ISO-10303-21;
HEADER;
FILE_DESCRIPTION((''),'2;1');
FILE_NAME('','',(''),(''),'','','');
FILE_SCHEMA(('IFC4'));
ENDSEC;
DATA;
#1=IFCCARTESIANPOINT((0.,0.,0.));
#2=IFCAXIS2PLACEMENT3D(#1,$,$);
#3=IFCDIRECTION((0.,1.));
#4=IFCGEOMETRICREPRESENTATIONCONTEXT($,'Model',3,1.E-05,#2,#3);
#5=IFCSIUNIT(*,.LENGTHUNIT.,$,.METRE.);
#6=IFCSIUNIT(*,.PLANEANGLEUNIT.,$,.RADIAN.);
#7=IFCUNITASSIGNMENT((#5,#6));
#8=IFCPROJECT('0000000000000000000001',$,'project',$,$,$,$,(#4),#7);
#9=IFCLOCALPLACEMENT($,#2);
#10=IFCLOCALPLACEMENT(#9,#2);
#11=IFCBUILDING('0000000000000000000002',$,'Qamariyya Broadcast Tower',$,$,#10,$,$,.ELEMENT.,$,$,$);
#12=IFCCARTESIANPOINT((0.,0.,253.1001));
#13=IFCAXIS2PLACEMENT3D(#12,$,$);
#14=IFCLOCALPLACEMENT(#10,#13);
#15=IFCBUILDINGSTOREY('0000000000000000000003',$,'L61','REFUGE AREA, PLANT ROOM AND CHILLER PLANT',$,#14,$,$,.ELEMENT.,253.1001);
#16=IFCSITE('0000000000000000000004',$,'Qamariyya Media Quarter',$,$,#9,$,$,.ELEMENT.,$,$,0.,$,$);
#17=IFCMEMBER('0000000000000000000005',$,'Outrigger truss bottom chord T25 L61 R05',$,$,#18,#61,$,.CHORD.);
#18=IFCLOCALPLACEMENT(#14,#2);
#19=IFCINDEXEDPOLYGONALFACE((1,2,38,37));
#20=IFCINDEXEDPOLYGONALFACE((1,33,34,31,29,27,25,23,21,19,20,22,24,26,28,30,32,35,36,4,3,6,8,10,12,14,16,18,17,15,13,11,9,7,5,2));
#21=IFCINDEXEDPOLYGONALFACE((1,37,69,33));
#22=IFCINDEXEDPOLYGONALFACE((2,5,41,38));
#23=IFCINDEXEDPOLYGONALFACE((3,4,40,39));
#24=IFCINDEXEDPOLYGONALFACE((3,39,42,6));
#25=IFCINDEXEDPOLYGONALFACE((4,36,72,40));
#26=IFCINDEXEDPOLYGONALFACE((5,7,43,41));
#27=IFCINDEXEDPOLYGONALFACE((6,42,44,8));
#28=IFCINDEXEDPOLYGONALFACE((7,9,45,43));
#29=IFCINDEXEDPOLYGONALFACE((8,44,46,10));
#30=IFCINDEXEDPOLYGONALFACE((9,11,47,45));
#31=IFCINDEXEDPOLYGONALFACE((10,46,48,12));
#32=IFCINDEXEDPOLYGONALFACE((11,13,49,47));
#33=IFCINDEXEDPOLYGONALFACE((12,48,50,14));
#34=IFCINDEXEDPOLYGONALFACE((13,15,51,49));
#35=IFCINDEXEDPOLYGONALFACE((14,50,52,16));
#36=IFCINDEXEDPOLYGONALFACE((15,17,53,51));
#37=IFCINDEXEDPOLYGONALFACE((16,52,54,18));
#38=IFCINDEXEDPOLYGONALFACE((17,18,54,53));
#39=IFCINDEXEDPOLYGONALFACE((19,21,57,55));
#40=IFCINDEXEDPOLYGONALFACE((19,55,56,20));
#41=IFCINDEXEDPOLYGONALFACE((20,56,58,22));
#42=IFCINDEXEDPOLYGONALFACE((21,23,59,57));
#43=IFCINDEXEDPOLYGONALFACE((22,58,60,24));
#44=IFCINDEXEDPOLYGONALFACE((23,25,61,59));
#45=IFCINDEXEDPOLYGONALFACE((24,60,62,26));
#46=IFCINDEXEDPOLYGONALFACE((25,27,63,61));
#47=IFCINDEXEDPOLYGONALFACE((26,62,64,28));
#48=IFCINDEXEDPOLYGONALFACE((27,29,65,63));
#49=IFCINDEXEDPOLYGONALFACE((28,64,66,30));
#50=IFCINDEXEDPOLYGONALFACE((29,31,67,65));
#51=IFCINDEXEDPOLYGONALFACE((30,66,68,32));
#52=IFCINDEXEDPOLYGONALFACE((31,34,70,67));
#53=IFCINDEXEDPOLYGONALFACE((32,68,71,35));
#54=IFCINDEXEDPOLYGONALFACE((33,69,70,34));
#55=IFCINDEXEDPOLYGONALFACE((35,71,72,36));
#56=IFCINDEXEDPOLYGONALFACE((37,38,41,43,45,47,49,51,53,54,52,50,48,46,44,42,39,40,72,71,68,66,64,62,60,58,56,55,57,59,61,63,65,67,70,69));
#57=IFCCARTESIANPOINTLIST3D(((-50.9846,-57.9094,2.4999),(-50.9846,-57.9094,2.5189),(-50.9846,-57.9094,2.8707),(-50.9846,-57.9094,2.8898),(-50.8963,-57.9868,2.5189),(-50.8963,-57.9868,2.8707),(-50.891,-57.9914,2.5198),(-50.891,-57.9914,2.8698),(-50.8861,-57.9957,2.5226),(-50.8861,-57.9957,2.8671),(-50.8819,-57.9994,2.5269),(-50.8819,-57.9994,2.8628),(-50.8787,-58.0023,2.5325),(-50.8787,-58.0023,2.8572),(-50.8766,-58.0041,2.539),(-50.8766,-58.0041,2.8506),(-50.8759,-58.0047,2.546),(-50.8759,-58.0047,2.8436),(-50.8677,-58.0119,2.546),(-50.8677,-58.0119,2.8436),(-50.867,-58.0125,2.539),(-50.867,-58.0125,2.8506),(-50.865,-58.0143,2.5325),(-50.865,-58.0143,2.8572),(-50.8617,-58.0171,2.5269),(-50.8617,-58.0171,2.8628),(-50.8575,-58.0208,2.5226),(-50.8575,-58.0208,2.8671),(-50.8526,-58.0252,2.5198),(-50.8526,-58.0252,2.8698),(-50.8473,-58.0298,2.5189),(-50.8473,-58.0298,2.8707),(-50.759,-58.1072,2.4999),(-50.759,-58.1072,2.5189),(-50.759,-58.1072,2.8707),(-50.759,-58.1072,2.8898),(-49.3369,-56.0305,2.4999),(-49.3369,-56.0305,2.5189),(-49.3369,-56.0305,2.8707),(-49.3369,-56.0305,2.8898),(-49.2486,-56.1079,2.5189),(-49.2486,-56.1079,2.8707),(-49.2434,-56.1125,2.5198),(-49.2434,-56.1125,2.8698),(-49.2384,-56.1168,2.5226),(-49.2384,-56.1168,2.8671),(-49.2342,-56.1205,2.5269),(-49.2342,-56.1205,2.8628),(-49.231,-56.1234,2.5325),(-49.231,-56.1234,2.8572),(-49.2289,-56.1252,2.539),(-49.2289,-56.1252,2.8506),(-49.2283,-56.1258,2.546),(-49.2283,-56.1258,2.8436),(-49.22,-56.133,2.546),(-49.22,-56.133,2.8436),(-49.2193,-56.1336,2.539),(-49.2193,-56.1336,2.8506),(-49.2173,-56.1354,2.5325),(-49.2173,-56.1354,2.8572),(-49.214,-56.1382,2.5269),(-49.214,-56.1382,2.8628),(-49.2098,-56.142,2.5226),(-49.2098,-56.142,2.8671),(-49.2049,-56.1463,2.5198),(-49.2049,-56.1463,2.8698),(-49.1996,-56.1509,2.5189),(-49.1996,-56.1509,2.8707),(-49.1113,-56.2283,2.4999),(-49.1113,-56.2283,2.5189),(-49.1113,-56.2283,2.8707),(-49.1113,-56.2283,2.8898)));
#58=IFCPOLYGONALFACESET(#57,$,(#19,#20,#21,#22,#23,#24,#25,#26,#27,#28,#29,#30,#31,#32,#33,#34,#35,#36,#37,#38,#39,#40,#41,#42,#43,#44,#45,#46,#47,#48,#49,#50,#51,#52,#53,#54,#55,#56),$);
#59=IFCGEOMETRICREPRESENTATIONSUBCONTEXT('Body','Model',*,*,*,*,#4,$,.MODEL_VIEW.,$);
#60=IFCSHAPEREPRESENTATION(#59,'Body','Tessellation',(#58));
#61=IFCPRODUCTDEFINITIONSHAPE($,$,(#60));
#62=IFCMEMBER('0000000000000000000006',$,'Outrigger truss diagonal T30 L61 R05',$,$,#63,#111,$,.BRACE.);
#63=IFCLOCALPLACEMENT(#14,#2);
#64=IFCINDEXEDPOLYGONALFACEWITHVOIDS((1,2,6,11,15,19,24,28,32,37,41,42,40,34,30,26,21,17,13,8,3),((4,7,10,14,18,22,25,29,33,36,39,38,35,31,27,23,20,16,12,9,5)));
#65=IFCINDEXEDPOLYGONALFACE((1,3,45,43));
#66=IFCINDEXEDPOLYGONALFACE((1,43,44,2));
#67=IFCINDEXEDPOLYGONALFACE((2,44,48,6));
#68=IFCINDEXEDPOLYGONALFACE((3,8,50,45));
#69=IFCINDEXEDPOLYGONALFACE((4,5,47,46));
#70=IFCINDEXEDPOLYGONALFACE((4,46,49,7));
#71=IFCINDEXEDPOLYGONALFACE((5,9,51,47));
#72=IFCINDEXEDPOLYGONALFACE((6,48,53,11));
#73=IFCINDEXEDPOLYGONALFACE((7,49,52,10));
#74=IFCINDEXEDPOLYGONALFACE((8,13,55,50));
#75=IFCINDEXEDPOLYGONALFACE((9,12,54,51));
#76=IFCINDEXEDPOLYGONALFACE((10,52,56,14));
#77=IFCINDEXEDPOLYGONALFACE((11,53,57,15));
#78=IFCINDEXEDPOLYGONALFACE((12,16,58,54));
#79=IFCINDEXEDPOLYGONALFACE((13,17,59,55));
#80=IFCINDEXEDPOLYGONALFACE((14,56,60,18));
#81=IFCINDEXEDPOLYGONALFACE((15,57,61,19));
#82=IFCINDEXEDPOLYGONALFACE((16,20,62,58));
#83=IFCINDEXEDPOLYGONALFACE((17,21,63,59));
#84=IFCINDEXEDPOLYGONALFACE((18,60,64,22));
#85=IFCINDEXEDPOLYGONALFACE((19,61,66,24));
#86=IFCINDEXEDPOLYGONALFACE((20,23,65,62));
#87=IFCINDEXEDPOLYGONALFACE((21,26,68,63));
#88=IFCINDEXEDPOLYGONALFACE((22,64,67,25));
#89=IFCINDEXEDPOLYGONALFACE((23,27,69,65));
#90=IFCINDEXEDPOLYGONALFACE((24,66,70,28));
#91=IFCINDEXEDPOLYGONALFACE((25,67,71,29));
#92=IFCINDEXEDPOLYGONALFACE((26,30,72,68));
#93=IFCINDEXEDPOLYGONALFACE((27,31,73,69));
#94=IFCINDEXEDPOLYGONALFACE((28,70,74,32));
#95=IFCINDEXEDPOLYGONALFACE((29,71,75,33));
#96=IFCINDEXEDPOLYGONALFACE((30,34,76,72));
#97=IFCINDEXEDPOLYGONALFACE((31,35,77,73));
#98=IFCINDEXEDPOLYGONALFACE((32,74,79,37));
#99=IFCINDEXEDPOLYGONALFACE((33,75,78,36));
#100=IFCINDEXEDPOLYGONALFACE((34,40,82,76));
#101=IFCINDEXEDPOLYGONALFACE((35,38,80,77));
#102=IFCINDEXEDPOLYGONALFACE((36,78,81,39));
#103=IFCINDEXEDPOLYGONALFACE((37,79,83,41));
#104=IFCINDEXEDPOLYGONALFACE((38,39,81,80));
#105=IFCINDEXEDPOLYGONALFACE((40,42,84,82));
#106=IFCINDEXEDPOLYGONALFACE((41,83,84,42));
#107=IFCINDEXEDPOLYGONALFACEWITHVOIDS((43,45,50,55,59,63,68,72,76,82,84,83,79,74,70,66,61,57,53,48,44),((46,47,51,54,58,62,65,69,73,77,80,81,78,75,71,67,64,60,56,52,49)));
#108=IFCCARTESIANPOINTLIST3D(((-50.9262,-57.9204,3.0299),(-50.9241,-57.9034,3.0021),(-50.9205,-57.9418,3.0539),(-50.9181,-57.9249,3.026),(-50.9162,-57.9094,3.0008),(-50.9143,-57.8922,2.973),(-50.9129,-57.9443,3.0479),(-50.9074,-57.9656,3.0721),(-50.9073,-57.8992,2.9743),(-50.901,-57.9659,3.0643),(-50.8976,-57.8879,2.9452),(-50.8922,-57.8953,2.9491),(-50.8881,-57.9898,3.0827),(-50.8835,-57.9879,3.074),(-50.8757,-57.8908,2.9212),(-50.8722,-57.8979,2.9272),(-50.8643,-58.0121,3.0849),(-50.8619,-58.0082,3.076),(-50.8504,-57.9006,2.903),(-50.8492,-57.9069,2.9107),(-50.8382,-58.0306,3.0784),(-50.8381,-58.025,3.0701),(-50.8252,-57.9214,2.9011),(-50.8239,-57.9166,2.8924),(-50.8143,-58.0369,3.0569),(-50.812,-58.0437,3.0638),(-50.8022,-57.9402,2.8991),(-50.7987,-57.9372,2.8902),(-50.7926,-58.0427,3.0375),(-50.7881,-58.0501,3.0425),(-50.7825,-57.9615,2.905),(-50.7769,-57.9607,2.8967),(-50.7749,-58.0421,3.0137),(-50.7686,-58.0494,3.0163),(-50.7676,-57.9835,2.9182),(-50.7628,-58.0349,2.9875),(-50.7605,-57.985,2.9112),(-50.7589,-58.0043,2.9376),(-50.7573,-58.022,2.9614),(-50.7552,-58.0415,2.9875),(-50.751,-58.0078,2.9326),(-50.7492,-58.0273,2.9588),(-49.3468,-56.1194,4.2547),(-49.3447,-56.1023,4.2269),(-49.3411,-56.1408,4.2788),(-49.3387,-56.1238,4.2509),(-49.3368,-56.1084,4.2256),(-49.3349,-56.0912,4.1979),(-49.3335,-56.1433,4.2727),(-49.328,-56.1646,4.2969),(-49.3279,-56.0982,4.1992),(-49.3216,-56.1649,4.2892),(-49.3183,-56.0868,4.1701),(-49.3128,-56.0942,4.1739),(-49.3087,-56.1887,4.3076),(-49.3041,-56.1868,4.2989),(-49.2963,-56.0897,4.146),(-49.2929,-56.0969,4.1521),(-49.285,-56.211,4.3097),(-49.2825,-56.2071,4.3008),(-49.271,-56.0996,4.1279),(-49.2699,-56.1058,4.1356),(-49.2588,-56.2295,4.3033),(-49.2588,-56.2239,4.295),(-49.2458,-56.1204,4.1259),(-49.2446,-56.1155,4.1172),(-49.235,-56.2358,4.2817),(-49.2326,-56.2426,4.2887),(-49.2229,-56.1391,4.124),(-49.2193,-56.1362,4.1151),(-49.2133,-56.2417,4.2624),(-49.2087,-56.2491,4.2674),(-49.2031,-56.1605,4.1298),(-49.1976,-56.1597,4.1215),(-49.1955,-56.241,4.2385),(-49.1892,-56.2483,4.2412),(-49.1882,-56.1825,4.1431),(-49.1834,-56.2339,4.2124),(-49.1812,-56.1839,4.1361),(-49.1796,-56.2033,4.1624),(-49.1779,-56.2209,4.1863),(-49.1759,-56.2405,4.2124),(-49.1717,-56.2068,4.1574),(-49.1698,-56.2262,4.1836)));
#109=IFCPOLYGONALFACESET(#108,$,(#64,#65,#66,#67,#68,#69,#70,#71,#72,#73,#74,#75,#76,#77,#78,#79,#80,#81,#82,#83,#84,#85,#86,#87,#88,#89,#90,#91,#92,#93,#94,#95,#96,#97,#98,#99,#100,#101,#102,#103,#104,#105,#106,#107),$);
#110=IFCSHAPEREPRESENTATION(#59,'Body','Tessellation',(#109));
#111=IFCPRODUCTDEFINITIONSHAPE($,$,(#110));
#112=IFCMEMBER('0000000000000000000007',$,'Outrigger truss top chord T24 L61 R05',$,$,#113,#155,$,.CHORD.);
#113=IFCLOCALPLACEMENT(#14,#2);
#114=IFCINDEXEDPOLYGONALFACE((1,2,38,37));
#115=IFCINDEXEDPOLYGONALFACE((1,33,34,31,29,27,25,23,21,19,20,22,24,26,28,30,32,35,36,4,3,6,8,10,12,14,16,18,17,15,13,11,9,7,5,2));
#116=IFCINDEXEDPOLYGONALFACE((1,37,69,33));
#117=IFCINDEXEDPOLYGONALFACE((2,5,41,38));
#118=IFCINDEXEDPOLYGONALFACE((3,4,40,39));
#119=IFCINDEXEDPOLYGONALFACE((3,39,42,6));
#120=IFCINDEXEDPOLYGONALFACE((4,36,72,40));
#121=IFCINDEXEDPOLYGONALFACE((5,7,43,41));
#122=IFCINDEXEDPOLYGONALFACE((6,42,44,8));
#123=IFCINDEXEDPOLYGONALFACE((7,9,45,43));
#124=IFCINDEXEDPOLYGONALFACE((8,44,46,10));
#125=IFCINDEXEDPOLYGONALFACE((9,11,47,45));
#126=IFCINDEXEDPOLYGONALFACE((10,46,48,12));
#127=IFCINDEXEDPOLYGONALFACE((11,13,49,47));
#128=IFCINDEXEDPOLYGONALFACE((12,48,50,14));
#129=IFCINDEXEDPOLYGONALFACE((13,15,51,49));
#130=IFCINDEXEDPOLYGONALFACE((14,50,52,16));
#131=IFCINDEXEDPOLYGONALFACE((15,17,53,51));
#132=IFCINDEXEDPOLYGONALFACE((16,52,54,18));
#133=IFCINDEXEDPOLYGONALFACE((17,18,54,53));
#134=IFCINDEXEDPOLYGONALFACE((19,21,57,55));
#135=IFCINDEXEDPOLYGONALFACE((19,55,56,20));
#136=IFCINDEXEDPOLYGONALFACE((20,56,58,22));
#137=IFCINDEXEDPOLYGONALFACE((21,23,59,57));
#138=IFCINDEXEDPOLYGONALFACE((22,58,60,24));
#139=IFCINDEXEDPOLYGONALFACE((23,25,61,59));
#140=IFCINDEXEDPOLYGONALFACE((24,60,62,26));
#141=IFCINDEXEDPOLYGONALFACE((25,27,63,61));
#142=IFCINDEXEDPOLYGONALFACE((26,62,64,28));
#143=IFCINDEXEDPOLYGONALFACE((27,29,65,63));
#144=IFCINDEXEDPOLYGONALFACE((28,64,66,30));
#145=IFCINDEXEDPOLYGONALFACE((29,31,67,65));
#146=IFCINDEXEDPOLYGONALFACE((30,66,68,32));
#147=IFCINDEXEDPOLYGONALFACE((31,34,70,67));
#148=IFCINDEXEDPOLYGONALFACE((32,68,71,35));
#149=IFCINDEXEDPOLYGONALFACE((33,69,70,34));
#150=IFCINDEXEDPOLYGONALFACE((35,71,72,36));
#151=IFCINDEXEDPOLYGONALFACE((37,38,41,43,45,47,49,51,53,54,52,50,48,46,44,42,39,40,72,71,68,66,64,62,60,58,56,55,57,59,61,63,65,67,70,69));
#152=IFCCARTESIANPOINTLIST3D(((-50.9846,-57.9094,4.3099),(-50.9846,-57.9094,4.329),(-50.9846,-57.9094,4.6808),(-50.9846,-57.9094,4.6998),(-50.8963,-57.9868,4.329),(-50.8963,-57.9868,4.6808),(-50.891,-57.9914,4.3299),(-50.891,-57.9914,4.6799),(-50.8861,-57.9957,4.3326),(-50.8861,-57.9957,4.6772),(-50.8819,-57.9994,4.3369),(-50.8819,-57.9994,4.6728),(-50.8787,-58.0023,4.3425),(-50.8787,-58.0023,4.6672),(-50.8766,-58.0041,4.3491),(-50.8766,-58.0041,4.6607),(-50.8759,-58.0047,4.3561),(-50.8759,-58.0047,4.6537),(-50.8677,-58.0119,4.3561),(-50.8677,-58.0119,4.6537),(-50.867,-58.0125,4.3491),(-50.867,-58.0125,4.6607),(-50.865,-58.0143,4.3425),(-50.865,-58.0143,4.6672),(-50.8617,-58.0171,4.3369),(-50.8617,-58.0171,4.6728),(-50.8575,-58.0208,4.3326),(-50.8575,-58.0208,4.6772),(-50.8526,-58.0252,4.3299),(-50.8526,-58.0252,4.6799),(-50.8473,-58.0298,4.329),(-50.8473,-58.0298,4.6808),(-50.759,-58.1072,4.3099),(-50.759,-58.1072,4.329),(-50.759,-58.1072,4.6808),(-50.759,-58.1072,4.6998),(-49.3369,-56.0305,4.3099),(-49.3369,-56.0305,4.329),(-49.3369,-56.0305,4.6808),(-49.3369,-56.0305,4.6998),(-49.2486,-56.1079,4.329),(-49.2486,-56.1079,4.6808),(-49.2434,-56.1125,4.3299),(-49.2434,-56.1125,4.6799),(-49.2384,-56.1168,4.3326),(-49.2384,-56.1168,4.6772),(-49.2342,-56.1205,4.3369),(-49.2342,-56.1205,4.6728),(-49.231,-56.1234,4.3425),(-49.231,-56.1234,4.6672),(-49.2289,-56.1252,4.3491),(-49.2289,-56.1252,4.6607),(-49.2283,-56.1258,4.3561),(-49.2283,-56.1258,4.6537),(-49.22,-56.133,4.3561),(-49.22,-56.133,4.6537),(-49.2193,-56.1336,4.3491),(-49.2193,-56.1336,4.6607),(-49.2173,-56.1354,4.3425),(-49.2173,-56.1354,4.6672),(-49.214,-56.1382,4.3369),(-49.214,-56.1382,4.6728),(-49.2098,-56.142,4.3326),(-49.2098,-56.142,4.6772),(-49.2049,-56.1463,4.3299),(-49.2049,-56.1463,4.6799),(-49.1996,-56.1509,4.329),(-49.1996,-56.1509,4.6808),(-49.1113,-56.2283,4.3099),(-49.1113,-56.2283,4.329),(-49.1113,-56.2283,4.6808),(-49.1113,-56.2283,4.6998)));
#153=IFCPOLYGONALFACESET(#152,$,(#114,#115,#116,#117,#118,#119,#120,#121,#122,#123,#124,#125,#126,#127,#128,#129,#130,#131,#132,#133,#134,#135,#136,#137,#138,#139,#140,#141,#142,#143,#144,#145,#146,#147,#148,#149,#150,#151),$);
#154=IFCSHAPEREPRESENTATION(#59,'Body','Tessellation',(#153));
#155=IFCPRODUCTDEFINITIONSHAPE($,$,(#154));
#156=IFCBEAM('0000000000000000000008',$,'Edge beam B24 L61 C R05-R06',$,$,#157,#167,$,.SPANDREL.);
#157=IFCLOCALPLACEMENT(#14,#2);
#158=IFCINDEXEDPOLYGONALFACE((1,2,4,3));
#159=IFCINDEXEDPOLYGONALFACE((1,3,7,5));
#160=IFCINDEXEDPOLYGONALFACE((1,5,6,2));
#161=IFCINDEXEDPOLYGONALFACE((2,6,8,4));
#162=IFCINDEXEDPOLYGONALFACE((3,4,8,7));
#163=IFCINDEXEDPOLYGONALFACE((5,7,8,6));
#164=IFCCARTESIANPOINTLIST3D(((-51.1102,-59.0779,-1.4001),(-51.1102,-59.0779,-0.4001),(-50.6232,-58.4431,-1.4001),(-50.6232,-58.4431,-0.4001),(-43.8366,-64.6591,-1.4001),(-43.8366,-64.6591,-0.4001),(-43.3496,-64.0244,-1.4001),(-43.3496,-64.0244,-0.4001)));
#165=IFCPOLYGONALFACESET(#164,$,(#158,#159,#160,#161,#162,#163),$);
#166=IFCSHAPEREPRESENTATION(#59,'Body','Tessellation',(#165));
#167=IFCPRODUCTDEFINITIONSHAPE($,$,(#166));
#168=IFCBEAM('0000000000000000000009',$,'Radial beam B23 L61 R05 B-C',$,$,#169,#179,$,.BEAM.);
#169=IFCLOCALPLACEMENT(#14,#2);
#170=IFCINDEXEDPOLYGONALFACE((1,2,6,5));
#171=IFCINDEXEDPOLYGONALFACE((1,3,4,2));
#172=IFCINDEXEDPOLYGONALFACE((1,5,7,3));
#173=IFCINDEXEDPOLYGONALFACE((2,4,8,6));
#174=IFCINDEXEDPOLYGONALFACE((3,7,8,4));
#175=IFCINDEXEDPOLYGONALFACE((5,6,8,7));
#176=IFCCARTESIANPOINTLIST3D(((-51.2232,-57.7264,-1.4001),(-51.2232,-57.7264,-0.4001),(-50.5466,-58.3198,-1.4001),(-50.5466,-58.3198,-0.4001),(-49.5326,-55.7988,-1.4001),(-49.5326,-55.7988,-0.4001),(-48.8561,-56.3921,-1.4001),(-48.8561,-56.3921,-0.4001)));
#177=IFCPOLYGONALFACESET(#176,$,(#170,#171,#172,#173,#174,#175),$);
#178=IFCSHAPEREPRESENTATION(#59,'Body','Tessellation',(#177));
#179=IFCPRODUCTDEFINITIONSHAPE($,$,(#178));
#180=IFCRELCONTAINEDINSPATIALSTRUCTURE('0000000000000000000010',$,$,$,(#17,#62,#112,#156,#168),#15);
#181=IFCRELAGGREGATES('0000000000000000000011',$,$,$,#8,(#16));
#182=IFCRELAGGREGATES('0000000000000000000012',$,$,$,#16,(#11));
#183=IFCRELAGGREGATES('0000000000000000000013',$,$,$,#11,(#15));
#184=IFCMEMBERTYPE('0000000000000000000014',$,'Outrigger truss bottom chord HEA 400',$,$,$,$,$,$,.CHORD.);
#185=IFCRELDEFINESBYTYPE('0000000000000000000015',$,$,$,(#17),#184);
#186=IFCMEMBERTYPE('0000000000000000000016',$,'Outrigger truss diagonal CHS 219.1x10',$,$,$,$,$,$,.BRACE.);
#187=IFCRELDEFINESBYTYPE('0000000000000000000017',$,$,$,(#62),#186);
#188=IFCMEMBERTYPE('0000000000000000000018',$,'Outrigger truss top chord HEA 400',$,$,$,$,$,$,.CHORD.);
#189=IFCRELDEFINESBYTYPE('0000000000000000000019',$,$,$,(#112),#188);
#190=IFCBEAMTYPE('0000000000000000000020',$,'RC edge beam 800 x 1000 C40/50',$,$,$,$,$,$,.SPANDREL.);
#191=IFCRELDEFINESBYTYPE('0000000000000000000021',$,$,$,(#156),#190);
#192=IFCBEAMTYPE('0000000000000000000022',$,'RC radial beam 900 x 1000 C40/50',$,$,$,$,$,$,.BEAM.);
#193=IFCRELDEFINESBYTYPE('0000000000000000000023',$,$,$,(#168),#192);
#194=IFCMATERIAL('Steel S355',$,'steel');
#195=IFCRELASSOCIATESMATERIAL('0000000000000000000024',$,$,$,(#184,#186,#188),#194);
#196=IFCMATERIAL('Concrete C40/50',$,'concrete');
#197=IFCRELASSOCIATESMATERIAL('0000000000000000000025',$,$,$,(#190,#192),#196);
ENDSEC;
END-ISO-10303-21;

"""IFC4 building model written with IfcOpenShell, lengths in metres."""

from ifc_helpers import new_model, si_unit, direction, frame, origin, origin_2d, place, context, subcontext, project, spatial, rectangle, hollow_circle, i_section, extrude, material, material_profile, profile_set, type_object, element, save


model = new_model("IFC4")

# Units and contexts
model_context = context("Model", 3, precision=1e-05, world=origin(), true_north=direction((0.0, 1.0)))
body_context = subcontext(model_context, "Body", "Model", "MODEL_VIEW")
ifc_project = project(units=[si_unit("LENGTHUNIT", "METRE"), si_unit("PLANEANGLEUNIT", "RADIAN")], contexts=[model_context])

# Site, building, storey
site_placement = place(None, origin())
site = spatial("IfcSite", under=ifc_project, at=site_placement, Name="Qamariyya Media Quarter", CompositionType="ELEMENT", RefElevation=0.0)
building_placement = place(site_placement, origin())
building = spatial("IfcBuilding", under=site, at=building_placement, Name="Qamariyya Broadcast Tower", CompositionType="ELEMENT")
storey_placement = place(building_placement, frame((0.0, 0.0, 253.1001)))
storey = spatial("IfcBuildingStorey", under=building, at=storey_placement, Name="L61", Description="REFUGE AREA, PLANT ROOM AND CHILLER PLANT", CompositionType="ELEMENT", Elevation=253.1001)

# Members
ifc_material_1 = material(Name="Steel S355", Category="steel")
ifc_material_profile_1 = material_profile(ifc_material_1, i_section(OverallWidth=0.3, OverallDepth=0.3899, WebThickness=0.011, FlangeThickness=0.019, FilletRadius=0.0271, at=origin_2d()))
ifc_profile_set_1 = profile_set([ifc_material_profile_1], Name="Steel S355")
member_type_1 = type_object("IfcMemberType", Name="Outrigger truss bottom chord HEA 400", PredefinedType="CHORD", material=ifc_profile_set_1)
member_1_placement = place(storey_placement, frame((-49.2241, -56.1294, 2.6948), z_axis=(-0.659334, -0.75185, 0.0), x_axis=(0.75185, -0.659334, 0.0)))
element("IfcMember", 1, at=member_1_placement, inside=storey, type_object=member_type_1, Name="Outrigger truss bottom chord T25 L61 R05", PredefinedType="CHORD", context=body_context, shape_type="SweptSolid", body=[
    extrude(i_section(OverallWidth=0.3, OverallDepth=0.3899, WebThickness=0.011, FlangeThickness=0.019, FilletRadius=0.0271, at=origin_2d()), origin(), (0.0, 0.0, 1.0), 2.499),
])
ifc_material_profile_2 = material_profile(ifc_material_1, hollow_circle(Radius=0.1096, WallThickness=0.01, at=origin_2d()))
ifc_profile_set_2 = profile_set([ifc_material_profile_2], Name="Steel S355")
member_type_2 = type_object("IfcMemberType", Name="Outrigger truss diagonal CHS 219.1x10", PredefinedType="BRACE", material=ifc_profile_set_2)
member_2_placement = place(storey_placement, frame((-49.2583, -56.1682, 4.2124), z_axis=(-0.587028, -0.669425, -0.455267), x_axis=(0.751863, -0.65932, 0.0)))
element("IfcMember", 2, at=member_2_placement, inside=storey, type_object=member_type_2, Name="Outrigger truss diagonal T30 L61 R05", PredefinedType="BRACE", context=body_context, shape_type="SweptSolid", body=[
    extrude(hollow_circle(Radius=0.1096, WallThickness=0.01, at=origin_2d()), origin(), (0.0, 0.0, 1.0), 2.6904),
])
ifc_material_profile_3 = material_profile(ifc_material_1, i_section(OverallWidth=0.3, OverallDepth=0.3899, WebThickness=0.011, FlangeThickness=0.019, FilletRadius=0.0271, at=origin_2d()))
ifc_profile_set_3 = profile_set([ifc_material_profile_3], Name="Steel S355")
member_type_3 = type_object("IfcMemberType", Name="Outrigger truss top chord HEA 400", PredefinedType="CHORD", material=ifc_profile_set_3)
member_3_placement = place(storey_placement, frame((-49.2241, -56.1294, 4.5049), z_axis=(-0.659334, -0.75185, 0.0), x_axis=(0.75185, -0.659334, 0.0)))
element("IfcMember", 3, at=member_3_placement, inside=storey, type_object=member_type_3, Name="Outrigger truss top chord T24 L61 R05", PredefinedType="CHORD", context=body_context, shape_type="SweptSolid", body=[
    extrude(i_section(OverallWidth=0.3, OverallDepth=0.3899, WebThickness=0.011, FlangeThickness=0.019, FilletRadius=0.0271, at=origin_2d()), origin(), (0.0, 0.0, 1.0), 2.499),
])

# Beams
ifc_material_2 = material(Name="Concrete C40/50", Category="concrete")
ifc_material_profile_4 = material_profile(ifc_material_2, rectangle(XDim=0.8, YDim=1.0, at=origin_2d()))
ifc_profile_set_4 = profile_set([ifc_material_profile_4], Name="Concrete C40/50")
beam_type_1 = type_object("IfcBeamType", Name="RC edge beam 800 x 1000 C40/50", PredefinedType="SPANDREL", material=ifc_profile_set_4)
beam_1_placement = place(storey_placement, frame((-50.8667, -58.7605, -0.9001), z_axis=(0.793353, -0.608762, 0.0), x_axis=(0.608762, 0.793353, 0.0)))
element("IfcBeam", 4, at=beam_1_placement, inside=storey, type_object=beam_type_1, Name="Edge beam B24 L61 C R05-R06", PredefinedType="SPANDREL", context=body_context, shape_type="SweptSolid", body=[
    extrude(rectangle(XDim=0.8, YDim=1.0, at=origin_2d()), origin(), (0.0, 0.0, 1.0), 9.1682),
])
ifc_material_profile_5 = material_profile(ifc_material_2, rectangle(XDim=0.8999, YDim=1.0, at=origin_2d()))
ifc_profile_set_5 = profile_set([ifc_material_profile_5], Name="Concrete C40/50")
beam_type_2 = type_object("IfcBeamType", Name="RC radial beam 900 x 1000 C40/50", PredefinedType="BEAM", material=ifc_profile_set_5)
beam_2_placement = place(storey_placement, frame((-49.1943, -56.0955, -0.9001), z_axis=(-0.659367, -0.751821, 0.0), x_axis=(0.751821, -0.659367, 0.0)))
element("IfcBeam", 5, at=beam_2_placement, inside=storey, type_object=beam_type_2, Name="Radial beam B23 L61 R05 B-C", PredefinedType="BEAM", context=body_context, shape_type="SweptSolid", body=[
    extrude(rectangle(XDim=0.8999, YDim=1.0, at=origin_2d()), origin(), (0.0, 0.0, 1.0), 2.564),
])

save(model, "model.ifc")
